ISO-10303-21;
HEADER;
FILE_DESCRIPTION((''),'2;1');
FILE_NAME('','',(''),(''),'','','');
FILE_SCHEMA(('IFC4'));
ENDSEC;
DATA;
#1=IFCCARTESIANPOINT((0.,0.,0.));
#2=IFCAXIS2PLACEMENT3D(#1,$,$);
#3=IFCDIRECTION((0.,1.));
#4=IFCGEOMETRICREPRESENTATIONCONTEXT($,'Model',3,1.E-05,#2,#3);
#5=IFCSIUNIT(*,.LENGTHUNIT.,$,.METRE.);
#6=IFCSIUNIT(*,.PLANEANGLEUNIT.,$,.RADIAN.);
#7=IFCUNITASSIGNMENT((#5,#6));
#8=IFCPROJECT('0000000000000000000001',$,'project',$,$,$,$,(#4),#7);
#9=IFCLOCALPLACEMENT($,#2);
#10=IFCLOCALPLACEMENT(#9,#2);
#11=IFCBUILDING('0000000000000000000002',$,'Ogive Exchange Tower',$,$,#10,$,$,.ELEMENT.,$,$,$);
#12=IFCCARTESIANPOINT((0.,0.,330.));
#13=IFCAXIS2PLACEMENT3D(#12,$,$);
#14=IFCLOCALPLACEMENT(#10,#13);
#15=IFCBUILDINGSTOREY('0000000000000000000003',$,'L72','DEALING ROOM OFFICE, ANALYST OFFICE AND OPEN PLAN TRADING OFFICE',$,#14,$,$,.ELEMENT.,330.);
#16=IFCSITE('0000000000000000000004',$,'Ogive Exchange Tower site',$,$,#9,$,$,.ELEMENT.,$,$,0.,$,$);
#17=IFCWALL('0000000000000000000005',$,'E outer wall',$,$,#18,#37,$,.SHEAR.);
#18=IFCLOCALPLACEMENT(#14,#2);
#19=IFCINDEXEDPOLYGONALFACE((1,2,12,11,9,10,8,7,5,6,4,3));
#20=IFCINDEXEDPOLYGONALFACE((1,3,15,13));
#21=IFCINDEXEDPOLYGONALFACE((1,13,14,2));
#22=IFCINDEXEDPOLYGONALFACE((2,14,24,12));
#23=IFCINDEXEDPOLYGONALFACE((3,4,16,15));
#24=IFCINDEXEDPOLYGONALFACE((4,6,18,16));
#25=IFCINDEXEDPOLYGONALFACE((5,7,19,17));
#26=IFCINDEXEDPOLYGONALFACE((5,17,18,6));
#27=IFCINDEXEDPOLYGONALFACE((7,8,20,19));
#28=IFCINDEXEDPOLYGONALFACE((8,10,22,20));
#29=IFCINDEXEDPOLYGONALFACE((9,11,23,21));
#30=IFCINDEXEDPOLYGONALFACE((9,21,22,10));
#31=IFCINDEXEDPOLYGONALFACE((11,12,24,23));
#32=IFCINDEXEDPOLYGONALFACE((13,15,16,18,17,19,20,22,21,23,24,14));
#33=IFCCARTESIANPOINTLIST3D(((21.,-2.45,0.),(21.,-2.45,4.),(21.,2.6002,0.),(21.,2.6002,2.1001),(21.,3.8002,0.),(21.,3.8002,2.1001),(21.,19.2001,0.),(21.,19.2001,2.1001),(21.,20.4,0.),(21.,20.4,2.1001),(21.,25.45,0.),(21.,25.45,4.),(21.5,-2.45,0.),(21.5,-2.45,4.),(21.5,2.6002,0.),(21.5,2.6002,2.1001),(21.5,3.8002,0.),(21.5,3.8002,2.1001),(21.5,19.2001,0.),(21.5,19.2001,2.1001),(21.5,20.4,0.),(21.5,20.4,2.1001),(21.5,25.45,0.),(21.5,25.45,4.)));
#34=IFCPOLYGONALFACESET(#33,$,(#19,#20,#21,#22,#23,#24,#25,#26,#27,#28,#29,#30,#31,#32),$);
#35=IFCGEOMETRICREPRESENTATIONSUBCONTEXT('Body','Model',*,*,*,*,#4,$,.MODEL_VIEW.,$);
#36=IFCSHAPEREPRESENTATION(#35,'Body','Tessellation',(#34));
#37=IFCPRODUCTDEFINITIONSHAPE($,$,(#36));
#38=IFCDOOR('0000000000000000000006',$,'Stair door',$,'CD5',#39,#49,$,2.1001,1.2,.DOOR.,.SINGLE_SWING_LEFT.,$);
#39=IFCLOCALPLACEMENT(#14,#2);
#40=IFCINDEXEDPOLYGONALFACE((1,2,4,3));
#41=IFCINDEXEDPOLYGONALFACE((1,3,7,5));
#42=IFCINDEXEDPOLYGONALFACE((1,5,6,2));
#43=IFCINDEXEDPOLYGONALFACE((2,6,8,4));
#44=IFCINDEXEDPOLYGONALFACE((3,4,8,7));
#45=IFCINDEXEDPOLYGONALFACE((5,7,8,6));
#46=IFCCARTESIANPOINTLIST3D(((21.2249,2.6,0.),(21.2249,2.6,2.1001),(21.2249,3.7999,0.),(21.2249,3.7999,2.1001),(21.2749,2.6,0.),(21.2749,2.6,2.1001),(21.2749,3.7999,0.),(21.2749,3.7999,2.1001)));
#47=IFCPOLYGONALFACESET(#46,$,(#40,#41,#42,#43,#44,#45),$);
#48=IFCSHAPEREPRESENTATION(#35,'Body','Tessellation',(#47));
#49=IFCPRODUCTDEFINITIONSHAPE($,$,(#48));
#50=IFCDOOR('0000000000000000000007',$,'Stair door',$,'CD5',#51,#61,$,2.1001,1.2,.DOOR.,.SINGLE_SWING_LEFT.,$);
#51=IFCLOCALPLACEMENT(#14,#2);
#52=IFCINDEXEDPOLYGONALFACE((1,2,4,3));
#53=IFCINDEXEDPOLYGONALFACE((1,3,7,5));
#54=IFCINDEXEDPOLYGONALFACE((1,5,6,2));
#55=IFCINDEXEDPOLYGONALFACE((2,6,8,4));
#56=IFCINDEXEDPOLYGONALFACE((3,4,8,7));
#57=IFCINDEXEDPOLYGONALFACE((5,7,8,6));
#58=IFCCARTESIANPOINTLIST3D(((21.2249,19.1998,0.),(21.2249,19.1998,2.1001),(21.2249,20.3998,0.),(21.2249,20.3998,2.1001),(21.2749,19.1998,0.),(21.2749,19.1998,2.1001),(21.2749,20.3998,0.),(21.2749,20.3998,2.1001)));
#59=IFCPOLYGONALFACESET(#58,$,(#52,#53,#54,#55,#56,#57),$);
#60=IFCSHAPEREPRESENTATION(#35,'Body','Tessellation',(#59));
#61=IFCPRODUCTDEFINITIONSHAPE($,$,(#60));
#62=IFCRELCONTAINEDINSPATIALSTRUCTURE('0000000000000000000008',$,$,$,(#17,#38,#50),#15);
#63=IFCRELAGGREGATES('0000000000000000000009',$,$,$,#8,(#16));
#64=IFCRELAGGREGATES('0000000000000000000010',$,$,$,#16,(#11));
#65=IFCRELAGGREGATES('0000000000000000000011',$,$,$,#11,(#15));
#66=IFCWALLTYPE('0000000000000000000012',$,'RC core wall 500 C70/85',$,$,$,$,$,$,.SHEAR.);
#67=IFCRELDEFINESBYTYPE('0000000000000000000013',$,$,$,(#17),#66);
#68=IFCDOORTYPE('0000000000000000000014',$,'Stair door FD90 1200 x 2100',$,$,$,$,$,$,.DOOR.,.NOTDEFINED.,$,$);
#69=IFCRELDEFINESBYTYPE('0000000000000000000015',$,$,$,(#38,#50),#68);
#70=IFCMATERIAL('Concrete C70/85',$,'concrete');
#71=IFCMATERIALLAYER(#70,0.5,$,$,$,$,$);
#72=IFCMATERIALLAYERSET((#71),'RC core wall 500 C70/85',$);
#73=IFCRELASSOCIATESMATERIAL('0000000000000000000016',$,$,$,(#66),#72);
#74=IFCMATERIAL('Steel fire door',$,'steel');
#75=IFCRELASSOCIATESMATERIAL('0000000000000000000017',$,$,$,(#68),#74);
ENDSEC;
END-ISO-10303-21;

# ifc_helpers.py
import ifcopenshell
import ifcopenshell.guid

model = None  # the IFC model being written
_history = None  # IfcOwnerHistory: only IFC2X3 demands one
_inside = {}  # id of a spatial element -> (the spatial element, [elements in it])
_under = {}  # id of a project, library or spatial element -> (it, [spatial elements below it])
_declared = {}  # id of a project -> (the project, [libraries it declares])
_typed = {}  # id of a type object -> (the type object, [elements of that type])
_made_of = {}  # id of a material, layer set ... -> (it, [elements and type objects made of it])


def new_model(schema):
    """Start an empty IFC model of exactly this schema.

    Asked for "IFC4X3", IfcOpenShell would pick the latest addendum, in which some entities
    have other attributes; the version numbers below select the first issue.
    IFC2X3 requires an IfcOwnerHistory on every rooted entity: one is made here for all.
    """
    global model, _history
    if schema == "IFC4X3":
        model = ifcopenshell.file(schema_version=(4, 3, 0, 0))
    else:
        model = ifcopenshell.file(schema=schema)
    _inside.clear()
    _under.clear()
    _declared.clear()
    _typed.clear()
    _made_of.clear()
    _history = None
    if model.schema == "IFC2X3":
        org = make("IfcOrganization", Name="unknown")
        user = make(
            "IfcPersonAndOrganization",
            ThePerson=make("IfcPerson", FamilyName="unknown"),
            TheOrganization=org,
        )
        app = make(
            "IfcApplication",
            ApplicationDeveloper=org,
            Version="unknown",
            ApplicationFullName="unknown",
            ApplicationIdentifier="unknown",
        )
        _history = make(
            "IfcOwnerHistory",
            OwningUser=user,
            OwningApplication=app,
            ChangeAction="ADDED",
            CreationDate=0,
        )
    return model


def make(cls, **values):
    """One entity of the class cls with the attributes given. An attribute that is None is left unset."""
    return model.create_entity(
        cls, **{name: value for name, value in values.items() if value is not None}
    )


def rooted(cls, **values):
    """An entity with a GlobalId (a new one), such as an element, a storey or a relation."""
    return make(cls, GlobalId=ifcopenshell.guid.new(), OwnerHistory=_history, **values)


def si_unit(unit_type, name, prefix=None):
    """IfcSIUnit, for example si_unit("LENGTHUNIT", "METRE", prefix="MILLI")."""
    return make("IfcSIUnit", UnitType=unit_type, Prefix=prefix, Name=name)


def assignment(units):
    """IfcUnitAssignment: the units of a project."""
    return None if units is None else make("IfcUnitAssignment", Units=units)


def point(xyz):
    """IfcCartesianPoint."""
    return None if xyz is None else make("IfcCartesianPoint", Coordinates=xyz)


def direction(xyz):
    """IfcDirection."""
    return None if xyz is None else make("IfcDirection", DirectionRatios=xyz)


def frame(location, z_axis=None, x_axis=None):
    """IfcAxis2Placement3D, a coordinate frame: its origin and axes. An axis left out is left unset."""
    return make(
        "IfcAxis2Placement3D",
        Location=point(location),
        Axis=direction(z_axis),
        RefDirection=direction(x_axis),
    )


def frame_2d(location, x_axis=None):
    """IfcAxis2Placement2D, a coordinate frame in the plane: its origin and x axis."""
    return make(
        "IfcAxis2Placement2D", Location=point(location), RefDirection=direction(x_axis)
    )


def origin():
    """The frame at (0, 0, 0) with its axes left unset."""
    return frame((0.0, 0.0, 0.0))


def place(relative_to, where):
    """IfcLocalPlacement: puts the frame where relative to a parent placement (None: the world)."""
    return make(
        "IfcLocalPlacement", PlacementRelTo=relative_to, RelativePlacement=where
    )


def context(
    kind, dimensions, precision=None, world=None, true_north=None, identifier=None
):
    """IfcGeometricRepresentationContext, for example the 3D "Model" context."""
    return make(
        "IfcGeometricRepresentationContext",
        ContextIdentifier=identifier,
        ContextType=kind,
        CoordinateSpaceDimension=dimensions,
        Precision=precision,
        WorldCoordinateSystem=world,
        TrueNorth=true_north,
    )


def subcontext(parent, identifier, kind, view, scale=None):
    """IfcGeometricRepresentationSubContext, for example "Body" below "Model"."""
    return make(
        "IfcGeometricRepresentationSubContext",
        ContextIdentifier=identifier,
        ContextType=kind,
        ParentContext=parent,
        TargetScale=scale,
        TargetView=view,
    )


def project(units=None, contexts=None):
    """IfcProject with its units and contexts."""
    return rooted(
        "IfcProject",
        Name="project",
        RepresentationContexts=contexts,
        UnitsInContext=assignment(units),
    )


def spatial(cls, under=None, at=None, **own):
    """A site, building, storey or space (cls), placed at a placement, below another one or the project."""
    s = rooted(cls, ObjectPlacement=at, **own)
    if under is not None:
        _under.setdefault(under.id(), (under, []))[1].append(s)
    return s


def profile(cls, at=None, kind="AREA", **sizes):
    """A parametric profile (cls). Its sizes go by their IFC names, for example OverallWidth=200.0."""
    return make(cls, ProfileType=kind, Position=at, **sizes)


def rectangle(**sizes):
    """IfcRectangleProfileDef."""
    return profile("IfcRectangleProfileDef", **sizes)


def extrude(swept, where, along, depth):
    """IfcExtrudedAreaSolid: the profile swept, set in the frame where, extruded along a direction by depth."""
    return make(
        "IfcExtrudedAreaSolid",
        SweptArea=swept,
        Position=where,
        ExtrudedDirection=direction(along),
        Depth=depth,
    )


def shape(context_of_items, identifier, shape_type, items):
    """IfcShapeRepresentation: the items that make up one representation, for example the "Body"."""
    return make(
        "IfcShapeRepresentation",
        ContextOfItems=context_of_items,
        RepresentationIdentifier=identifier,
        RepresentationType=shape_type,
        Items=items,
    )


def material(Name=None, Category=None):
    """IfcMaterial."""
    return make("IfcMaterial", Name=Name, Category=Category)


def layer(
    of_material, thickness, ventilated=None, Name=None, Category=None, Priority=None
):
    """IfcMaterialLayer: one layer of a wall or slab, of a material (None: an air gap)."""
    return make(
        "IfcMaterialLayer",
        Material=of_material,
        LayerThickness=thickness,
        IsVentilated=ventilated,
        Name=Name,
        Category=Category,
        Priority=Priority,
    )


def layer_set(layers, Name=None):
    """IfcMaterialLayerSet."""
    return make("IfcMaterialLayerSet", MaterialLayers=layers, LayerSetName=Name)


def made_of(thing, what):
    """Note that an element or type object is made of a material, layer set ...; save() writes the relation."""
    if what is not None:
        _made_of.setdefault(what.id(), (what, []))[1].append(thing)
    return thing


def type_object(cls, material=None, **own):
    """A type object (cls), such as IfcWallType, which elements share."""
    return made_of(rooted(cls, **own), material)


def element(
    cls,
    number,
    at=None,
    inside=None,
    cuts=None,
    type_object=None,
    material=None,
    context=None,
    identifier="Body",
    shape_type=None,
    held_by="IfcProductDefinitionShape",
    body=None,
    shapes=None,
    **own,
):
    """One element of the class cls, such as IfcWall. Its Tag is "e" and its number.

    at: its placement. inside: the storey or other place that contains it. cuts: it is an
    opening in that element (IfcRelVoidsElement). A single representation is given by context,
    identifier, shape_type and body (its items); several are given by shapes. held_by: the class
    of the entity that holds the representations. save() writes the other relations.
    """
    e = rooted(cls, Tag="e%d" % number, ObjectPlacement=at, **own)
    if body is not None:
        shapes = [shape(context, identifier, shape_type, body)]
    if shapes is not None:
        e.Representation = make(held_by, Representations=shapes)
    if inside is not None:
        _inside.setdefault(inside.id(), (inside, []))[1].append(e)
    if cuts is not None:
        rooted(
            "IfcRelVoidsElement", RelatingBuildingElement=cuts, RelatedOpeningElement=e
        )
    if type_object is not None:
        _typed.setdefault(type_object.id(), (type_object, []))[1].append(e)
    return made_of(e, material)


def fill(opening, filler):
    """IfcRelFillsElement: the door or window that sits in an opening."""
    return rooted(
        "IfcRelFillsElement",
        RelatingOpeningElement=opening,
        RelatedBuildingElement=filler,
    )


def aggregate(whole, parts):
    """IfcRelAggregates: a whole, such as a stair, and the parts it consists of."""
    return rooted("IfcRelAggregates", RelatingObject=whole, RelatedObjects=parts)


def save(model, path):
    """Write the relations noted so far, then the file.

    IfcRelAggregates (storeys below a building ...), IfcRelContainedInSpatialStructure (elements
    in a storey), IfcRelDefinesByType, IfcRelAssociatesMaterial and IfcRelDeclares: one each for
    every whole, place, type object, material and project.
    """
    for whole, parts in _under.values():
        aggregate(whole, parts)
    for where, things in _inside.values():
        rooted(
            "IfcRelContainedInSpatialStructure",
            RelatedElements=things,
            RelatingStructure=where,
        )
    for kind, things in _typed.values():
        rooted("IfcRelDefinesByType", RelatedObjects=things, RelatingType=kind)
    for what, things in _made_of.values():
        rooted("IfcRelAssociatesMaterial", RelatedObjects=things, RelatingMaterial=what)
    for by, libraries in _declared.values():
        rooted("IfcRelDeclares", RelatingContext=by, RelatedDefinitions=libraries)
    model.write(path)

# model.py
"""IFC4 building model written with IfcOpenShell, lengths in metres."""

from ifc_helpers import new_model, si_unit, direction, frame, frame_2d, origin, place, context, subcontext, project, spatial, rectangle, extrude, material, layer, layer_set, type_object, element, fill, save


model = new_model("IFC4")

# Units and contexts
model_context = context("Model", 3, precision=1e-05, world=origin(), true_north=direction((0.0, 1.0)))
body_context = subcontext(model_context, "Body", "Model", "MODEL_VIEW")
ifc_project = project(units=[si_unit("LENGTHUNIT", "METRE"), si_unit("PLANEANGLEUNIT", "RADIAN")], contexts=[model_context])

# Site, building, storey
site_placement = place(None, origin())
site = spatial("IfcSite", under=ifc_project, at=site_placement, Name="Ogive Exchange Tower site", CompositionType="ELEMENT", RefElevation=0.0)
building_placement = place(site_placement, origin())
building = spatial("IfcBuilding", under=site, at=building_placement, Name="Ogive Exchange Tower", CompositionType="ELEMENT")
storey_placement = place(building_placement, frame((0.0, 0.0, 330.0)))
storey = spatial("IfcBuildingStorey", under=building, at=storey_placement, Name="L72", Description="DEALING ROOM OFFICE, ANALYST OFFICE AND OPEN PLAN TRADING OFFICE", CompositionType="ELEMENT", Elevation=330.0)

# Wall, openings, doors
ifc_material_1 = material(Name="Concrete C70/85", Category="concrete")
ifc_layer_1 = layer(ifc_material_1, 0.5)
ifc_layer_set_1 = layer_set([ifc_layer_1], Name="RC core wall 500 C70/85")
wall_type_1 = type_object("IfcWallType", Name="RC core wall 500 C70/85", PredefinedType="SHEAR", material=ifc_layer_set_1)
wall_1_placement = place(storey_placement, frame((21.25, -2.45, 0.0), z_axis=(0.0, 0.0, 1.0), x_axis=(0.0, 1.0, 0.0)))
wall_1 = element("IfcWall", 1, at=wall_1_placement, inside=storey, type_object=wall_type_1, Name="E outer wall", PredefinedType="SHEAR", context=body_context, shape_type="SweptSolid", body=[
    extrude(rectangle(XDim=27.8999, YDim=0.5, at=frame_2d((13.95, 0.0))), origin(), (0.0, 0.0, 1.0), 4.0),
])
opening_1_placement = place(wall_1_placement, frame((5.05, 0.0, 0.0)))
opening_1 = element("IfcOpeningElement", 2, at=opening_1_placement, cuts=wall_1, PredefinedType="OPENING", context=body_context, shape_type="SweptSolid", body=[
    extrude(rectangle(XDim=1.2, YDim=2.1001, at=frame_2d((0.6001, 1.05))), frame((0.0, 0.26, 0.0), z_axis=(0.0, -1.0, 0.0), x_axis=(1.0, 0.0, 0.0)), (0.0, 0.0, 1.0), 0.52),
])
opening_2_placement = place(wall_1_placement, frame((21.6499, 0.0, 0.0)))
opening_2 = element("IfcOpeningElement", 3, at=opening_2_placement, cuts=wall_1, PredefinedType="OPENING", context=body_context, shape_type="SweptSolid", body=[
    extrude(rectangle(XDim=1.2, YDim=2.1001, at=frame_2d((0.6001, 1.05))), frame((0.0, 0.26, 0.0), z_axis=(0.0, -1.0, 0.0), x_axis=(1.0, 0.0, 0.0)), (0.0, 0.0, 1.0), 0.52),
])
ifc_material_2 = material(Name="Steel fire door", Category="steel")
door_type_1 = type_object("IfcDoorType", Name="Stair door FD90 1200 x 2100", OperationType="NOTDEFINED", PredefinedType="DOOR", material=ifc_material_2)
door_1_placement = place(opening_1_placement, frame((1.2, 0.0, 0.0), z_axis=(0.0, 0.0, 1.0), x_axis=(-1.0, 0.0, 0.0)))
door_1 = element("IfcDoor", 4, at=door_1_placement, inside=storey, type_object=door_type_1, Name="Stair door", ObjectType="CD5", OperationType="SINGLE_SWING_LEFT", OverallHeight=2.1001, OverallWidth=1.2, PredefinedType="DOOR", context=body_context, shape_type="SweptSolid", body=[
    extrude(rectangle(XDim=1.2, YDim=2.1001, at=frame_2d((0.6001, 1.05))), frame((0.0, 0.0249, 0.0), z_axis=(0.0, -1.0, 0.0), x_axis=(1.0, 0.0, 0.0)), (0.0, 0.0, 1.0), 0.05),
])
fill(opening_1, door_1)
door_2_placement = place(opening_2_placement, frame((1.2, 0.0, 0.0), z_axis=(0.0, 0.0, 1.0), x_axis=(-1.0, 0.0, 0.0)))
door_2 = element("IfcDoor", 5, at=door_2_placement, inside=storey, type_object=door_type_1, Name="Stair door", ObjectType="CD5", OperationType="SINGLE_SWING_LEFT", OverallHeight=2.1001, OverallWidth=1.2, PredefinedType="DOOR", context=body_context, shape_type="SweptSolid", body=[
    extrude(rectangle(XDim=1.2, YDim=2.1001, at=frame_2d((0.6001, 1.05))), frame((0.0, 0.0249, 0.0), z_axis=(0.0, -1.0, 0.0), x_axis=(1.0, 0.0, 0.0)), (0.0, 0.0, 1.0), 0.05),
])
fill(opening_2, door_2)

save(model, "model.ifc")
